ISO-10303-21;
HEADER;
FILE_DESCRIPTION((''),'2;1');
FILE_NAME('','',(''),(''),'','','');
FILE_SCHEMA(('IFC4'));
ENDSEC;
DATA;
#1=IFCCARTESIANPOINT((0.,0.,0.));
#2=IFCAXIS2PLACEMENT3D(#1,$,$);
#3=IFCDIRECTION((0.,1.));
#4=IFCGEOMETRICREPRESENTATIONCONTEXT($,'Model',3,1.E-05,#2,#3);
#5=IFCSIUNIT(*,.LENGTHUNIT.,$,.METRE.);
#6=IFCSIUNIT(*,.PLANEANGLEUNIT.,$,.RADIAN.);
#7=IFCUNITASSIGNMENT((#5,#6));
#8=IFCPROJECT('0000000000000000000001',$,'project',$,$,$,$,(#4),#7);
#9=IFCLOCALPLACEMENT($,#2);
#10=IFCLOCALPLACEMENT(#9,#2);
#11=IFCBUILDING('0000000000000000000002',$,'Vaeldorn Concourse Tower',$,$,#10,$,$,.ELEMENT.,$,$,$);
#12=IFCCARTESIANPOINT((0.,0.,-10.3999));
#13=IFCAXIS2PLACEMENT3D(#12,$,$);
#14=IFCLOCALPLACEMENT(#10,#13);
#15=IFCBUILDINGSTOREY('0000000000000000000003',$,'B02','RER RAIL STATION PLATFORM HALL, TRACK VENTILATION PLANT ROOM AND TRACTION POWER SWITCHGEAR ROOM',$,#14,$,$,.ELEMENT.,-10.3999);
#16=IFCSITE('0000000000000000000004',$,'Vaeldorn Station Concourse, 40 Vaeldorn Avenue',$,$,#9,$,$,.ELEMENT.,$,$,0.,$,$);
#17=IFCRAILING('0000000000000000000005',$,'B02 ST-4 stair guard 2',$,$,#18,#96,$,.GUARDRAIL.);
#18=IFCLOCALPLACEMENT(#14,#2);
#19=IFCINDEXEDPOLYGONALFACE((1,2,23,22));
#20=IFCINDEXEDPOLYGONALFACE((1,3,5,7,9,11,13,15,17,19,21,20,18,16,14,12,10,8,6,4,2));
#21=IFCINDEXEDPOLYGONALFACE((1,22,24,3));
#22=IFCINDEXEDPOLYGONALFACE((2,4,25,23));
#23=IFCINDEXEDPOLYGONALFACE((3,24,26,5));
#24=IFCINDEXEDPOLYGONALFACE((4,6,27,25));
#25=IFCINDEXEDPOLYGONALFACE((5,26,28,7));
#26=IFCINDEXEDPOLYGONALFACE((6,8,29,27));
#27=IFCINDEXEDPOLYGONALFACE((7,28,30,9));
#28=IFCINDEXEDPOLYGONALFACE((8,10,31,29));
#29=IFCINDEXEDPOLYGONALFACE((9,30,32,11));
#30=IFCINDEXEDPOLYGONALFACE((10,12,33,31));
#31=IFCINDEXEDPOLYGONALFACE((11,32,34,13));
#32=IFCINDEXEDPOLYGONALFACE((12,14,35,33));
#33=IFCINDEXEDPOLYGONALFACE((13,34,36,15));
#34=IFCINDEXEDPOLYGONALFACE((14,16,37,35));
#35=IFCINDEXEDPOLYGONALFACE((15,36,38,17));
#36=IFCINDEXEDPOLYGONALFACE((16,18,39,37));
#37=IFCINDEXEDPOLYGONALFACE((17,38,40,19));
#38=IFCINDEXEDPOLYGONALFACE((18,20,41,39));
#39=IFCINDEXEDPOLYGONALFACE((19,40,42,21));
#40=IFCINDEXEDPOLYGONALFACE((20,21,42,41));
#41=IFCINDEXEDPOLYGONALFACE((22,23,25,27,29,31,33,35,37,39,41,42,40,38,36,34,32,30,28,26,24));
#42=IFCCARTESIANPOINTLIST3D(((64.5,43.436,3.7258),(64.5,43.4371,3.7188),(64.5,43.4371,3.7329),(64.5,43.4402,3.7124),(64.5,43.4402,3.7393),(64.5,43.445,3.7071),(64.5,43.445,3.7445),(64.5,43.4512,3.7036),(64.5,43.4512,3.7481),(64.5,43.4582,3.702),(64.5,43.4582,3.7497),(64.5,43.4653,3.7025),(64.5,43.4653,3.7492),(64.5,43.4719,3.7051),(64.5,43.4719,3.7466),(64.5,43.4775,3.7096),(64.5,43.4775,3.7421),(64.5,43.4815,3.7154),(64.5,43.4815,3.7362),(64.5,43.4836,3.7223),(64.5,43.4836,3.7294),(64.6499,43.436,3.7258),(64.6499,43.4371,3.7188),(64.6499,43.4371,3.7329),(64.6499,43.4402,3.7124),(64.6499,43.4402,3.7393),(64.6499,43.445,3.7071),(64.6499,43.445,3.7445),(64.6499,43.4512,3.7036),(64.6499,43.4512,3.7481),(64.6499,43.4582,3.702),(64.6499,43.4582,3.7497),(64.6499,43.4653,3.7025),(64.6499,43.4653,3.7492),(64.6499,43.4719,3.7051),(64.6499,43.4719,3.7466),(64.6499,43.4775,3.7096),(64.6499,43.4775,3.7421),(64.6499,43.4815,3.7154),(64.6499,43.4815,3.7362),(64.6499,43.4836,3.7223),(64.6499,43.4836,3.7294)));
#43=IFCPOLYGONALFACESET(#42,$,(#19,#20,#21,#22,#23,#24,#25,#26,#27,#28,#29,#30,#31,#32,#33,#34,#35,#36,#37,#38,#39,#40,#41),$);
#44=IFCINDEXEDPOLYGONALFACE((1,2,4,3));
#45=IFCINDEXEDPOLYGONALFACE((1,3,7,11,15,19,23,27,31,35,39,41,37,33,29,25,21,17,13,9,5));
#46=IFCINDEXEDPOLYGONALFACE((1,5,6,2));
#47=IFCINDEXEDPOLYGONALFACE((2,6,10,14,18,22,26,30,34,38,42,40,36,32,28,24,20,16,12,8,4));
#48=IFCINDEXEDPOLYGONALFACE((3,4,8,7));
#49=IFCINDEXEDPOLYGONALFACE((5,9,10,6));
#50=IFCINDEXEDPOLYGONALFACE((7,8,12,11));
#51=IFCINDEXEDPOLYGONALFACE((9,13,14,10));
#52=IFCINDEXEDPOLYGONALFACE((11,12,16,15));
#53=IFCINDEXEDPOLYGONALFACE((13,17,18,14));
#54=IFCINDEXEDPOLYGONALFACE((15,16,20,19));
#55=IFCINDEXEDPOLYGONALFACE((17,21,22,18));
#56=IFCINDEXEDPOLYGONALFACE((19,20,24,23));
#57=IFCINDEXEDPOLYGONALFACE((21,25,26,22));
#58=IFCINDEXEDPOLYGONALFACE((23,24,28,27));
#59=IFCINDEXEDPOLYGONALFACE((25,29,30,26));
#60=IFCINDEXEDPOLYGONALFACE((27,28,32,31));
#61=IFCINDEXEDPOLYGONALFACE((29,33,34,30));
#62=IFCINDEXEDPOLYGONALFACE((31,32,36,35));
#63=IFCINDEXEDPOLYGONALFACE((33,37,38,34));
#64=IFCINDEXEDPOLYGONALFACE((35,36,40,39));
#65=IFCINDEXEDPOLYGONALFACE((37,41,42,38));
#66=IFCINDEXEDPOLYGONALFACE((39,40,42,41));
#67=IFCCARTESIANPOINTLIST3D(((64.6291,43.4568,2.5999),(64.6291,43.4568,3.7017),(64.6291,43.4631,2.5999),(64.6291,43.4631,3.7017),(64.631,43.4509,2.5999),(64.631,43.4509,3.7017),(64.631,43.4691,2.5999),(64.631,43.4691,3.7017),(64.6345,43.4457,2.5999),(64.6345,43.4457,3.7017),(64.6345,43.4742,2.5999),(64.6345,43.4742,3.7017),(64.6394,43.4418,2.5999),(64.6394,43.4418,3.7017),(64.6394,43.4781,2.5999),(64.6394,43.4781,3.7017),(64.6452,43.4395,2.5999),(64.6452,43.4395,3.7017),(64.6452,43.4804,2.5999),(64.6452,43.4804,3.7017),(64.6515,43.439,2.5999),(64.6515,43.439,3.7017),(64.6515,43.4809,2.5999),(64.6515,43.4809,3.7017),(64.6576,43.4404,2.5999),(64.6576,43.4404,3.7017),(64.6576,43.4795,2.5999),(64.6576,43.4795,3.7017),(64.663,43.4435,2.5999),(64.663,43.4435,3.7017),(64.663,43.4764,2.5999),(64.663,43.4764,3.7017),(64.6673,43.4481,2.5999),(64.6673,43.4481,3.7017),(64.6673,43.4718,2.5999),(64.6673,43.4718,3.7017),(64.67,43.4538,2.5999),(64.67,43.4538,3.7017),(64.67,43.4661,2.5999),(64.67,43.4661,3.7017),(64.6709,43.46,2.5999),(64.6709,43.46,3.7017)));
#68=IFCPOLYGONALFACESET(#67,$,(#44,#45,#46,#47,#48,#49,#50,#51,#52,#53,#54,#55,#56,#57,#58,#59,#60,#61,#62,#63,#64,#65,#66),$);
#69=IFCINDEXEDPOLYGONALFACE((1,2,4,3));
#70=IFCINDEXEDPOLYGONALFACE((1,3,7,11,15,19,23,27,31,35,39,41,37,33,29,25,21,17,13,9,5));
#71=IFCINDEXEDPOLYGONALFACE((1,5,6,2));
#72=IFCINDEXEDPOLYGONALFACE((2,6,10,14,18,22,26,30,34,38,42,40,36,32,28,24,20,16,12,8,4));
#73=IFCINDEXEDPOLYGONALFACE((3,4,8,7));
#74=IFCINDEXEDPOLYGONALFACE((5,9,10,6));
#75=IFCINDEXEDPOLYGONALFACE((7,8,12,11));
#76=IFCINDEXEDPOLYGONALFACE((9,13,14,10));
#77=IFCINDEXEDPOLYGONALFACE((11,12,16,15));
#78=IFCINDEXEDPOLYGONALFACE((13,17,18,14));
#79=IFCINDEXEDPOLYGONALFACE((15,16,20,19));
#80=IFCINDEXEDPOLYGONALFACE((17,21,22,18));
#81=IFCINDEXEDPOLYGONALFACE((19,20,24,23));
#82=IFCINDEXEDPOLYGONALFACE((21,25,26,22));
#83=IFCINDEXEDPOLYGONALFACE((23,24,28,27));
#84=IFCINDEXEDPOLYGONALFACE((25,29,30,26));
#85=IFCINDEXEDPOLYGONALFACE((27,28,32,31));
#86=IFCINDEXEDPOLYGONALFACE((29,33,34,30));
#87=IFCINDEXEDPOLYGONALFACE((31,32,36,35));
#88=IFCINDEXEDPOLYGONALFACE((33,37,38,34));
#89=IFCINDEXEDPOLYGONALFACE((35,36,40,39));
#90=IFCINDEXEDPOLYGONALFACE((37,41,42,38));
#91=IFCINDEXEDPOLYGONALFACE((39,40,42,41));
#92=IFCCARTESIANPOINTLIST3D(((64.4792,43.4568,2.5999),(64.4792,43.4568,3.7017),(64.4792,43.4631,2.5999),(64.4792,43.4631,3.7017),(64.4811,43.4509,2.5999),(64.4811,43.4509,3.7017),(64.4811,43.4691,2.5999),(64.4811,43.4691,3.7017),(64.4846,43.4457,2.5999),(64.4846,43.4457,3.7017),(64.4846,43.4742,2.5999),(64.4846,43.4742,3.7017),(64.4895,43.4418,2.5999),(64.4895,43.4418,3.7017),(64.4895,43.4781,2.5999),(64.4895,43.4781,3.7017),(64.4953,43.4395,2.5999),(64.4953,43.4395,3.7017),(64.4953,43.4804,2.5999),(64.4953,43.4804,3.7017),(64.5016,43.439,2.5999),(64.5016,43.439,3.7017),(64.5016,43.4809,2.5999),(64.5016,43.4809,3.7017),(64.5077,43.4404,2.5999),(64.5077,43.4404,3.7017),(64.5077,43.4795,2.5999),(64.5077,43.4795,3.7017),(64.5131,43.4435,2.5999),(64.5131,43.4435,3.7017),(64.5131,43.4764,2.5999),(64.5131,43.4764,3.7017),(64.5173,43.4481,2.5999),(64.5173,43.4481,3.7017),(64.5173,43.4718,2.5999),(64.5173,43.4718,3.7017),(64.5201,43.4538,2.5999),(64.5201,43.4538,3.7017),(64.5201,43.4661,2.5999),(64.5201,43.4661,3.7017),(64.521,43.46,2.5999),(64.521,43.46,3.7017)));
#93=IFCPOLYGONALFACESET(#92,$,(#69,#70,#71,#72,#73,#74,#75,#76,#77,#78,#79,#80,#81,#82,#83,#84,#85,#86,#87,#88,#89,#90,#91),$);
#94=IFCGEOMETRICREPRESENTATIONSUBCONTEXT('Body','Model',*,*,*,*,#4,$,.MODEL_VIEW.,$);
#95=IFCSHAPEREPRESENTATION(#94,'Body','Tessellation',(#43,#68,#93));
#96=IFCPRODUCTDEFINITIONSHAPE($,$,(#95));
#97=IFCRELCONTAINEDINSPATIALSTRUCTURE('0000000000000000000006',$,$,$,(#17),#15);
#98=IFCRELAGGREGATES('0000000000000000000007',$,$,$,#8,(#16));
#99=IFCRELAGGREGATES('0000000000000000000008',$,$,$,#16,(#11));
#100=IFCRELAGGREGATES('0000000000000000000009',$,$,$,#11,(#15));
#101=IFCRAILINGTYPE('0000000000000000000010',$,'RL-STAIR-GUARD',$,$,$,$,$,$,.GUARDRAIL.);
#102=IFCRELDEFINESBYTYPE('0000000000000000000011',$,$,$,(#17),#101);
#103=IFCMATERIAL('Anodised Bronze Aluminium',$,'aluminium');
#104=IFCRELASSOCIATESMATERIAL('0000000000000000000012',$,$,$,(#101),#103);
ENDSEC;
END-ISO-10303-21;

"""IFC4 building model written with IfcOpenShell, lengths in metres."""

from ifc_helpers import new_model, si_unit, direction, frame, origin, origin_2d, place, context, subcontext, project, spatial, circle, extrude, material, type_object, element, save


model = new_model("IFC4")

# Units and contexts
model_context = context("Model", 3, precision=1e-05, world=origin(), true_north=direction((0.0, 1.0)))
body_context = subcontext(model_context, "Body", "Model", "MODEL_VIEW")
ifc_project = project(units=[si_unit("LENGTHUNIT", "METRE"), si_unit("PLANEANGLEUNIT", "RADIAN")], contexts=[model_context])

# Site, building, storey
site_placement = place(None, origin())
site = spatial("IfcSite", under=ifc_project, at=site_placement, Name="Vaeldorn Station Concourse, 40 Vaeldorn Avenue", CompositionType="ELEMENT", RefElevation=0.0)
building_placement = place(site_placement, origin())
building = spatial("IfcBuilding", under=site, at=building_placement, Name="Vaeldorn Concourse Tower", CompositionType="ELEMENT")
storey_placement = place(building_placement, frame((0.0, 0.0, -10.3999)))
storey = spatial("IfcBuildingStorey", under=building, at=storey_placement, Name="B02", Description="RER RAIL STATION PLATFORM HALL, TRACK VENTILATION PLANT ROOM AND TRACTION POWER SWITCHGEAR ROOM", CompositionType="ELEMENT", Elevation=-10.3999)

# Railing
ifc_material_1 = material(Name="Anodised Bronze Aluminium", Category="aluminium")
railing_type_1 = type_object("IfcRailingType", Name="RL-STAIR-GUARD", PredefinedType="GUARDRAIL", material=ifc_material_1)
railing_1_placement = place(storey_placement, frame((64.6499, 43.46, 2.5999)))
element("IfcRailing", 1, at=railing_1_placement, inside=storey, type_object=railing_type_1, Name="B02 ST-4 stair guard 2", PredefinedType="GUARDRAIL", context=body_context, shape_type="SweptSolid", body=[
    extrude(circle(Radius=0.0239, at=origin_2d()), frame((0.0, 0.0, 1.126), z_axis=(-1.0, 0.0, 0.0), x_axis=(0.0, -1.0, 0.0)), (0.0, 0.0, 1.0), 0.1499),
    extrude(circle(Radius=0.021, at=origin_2d()), origin(), (0.0, 0.0, 1.0), 1.1018),
    extrude(circle(Radius=0.021, at=origin_2d()), frame((-0.1499, 0.0, 0.0)), (0.0, 0.0, 1.0), 1.1018),
])

save(model, "model.ifc")
